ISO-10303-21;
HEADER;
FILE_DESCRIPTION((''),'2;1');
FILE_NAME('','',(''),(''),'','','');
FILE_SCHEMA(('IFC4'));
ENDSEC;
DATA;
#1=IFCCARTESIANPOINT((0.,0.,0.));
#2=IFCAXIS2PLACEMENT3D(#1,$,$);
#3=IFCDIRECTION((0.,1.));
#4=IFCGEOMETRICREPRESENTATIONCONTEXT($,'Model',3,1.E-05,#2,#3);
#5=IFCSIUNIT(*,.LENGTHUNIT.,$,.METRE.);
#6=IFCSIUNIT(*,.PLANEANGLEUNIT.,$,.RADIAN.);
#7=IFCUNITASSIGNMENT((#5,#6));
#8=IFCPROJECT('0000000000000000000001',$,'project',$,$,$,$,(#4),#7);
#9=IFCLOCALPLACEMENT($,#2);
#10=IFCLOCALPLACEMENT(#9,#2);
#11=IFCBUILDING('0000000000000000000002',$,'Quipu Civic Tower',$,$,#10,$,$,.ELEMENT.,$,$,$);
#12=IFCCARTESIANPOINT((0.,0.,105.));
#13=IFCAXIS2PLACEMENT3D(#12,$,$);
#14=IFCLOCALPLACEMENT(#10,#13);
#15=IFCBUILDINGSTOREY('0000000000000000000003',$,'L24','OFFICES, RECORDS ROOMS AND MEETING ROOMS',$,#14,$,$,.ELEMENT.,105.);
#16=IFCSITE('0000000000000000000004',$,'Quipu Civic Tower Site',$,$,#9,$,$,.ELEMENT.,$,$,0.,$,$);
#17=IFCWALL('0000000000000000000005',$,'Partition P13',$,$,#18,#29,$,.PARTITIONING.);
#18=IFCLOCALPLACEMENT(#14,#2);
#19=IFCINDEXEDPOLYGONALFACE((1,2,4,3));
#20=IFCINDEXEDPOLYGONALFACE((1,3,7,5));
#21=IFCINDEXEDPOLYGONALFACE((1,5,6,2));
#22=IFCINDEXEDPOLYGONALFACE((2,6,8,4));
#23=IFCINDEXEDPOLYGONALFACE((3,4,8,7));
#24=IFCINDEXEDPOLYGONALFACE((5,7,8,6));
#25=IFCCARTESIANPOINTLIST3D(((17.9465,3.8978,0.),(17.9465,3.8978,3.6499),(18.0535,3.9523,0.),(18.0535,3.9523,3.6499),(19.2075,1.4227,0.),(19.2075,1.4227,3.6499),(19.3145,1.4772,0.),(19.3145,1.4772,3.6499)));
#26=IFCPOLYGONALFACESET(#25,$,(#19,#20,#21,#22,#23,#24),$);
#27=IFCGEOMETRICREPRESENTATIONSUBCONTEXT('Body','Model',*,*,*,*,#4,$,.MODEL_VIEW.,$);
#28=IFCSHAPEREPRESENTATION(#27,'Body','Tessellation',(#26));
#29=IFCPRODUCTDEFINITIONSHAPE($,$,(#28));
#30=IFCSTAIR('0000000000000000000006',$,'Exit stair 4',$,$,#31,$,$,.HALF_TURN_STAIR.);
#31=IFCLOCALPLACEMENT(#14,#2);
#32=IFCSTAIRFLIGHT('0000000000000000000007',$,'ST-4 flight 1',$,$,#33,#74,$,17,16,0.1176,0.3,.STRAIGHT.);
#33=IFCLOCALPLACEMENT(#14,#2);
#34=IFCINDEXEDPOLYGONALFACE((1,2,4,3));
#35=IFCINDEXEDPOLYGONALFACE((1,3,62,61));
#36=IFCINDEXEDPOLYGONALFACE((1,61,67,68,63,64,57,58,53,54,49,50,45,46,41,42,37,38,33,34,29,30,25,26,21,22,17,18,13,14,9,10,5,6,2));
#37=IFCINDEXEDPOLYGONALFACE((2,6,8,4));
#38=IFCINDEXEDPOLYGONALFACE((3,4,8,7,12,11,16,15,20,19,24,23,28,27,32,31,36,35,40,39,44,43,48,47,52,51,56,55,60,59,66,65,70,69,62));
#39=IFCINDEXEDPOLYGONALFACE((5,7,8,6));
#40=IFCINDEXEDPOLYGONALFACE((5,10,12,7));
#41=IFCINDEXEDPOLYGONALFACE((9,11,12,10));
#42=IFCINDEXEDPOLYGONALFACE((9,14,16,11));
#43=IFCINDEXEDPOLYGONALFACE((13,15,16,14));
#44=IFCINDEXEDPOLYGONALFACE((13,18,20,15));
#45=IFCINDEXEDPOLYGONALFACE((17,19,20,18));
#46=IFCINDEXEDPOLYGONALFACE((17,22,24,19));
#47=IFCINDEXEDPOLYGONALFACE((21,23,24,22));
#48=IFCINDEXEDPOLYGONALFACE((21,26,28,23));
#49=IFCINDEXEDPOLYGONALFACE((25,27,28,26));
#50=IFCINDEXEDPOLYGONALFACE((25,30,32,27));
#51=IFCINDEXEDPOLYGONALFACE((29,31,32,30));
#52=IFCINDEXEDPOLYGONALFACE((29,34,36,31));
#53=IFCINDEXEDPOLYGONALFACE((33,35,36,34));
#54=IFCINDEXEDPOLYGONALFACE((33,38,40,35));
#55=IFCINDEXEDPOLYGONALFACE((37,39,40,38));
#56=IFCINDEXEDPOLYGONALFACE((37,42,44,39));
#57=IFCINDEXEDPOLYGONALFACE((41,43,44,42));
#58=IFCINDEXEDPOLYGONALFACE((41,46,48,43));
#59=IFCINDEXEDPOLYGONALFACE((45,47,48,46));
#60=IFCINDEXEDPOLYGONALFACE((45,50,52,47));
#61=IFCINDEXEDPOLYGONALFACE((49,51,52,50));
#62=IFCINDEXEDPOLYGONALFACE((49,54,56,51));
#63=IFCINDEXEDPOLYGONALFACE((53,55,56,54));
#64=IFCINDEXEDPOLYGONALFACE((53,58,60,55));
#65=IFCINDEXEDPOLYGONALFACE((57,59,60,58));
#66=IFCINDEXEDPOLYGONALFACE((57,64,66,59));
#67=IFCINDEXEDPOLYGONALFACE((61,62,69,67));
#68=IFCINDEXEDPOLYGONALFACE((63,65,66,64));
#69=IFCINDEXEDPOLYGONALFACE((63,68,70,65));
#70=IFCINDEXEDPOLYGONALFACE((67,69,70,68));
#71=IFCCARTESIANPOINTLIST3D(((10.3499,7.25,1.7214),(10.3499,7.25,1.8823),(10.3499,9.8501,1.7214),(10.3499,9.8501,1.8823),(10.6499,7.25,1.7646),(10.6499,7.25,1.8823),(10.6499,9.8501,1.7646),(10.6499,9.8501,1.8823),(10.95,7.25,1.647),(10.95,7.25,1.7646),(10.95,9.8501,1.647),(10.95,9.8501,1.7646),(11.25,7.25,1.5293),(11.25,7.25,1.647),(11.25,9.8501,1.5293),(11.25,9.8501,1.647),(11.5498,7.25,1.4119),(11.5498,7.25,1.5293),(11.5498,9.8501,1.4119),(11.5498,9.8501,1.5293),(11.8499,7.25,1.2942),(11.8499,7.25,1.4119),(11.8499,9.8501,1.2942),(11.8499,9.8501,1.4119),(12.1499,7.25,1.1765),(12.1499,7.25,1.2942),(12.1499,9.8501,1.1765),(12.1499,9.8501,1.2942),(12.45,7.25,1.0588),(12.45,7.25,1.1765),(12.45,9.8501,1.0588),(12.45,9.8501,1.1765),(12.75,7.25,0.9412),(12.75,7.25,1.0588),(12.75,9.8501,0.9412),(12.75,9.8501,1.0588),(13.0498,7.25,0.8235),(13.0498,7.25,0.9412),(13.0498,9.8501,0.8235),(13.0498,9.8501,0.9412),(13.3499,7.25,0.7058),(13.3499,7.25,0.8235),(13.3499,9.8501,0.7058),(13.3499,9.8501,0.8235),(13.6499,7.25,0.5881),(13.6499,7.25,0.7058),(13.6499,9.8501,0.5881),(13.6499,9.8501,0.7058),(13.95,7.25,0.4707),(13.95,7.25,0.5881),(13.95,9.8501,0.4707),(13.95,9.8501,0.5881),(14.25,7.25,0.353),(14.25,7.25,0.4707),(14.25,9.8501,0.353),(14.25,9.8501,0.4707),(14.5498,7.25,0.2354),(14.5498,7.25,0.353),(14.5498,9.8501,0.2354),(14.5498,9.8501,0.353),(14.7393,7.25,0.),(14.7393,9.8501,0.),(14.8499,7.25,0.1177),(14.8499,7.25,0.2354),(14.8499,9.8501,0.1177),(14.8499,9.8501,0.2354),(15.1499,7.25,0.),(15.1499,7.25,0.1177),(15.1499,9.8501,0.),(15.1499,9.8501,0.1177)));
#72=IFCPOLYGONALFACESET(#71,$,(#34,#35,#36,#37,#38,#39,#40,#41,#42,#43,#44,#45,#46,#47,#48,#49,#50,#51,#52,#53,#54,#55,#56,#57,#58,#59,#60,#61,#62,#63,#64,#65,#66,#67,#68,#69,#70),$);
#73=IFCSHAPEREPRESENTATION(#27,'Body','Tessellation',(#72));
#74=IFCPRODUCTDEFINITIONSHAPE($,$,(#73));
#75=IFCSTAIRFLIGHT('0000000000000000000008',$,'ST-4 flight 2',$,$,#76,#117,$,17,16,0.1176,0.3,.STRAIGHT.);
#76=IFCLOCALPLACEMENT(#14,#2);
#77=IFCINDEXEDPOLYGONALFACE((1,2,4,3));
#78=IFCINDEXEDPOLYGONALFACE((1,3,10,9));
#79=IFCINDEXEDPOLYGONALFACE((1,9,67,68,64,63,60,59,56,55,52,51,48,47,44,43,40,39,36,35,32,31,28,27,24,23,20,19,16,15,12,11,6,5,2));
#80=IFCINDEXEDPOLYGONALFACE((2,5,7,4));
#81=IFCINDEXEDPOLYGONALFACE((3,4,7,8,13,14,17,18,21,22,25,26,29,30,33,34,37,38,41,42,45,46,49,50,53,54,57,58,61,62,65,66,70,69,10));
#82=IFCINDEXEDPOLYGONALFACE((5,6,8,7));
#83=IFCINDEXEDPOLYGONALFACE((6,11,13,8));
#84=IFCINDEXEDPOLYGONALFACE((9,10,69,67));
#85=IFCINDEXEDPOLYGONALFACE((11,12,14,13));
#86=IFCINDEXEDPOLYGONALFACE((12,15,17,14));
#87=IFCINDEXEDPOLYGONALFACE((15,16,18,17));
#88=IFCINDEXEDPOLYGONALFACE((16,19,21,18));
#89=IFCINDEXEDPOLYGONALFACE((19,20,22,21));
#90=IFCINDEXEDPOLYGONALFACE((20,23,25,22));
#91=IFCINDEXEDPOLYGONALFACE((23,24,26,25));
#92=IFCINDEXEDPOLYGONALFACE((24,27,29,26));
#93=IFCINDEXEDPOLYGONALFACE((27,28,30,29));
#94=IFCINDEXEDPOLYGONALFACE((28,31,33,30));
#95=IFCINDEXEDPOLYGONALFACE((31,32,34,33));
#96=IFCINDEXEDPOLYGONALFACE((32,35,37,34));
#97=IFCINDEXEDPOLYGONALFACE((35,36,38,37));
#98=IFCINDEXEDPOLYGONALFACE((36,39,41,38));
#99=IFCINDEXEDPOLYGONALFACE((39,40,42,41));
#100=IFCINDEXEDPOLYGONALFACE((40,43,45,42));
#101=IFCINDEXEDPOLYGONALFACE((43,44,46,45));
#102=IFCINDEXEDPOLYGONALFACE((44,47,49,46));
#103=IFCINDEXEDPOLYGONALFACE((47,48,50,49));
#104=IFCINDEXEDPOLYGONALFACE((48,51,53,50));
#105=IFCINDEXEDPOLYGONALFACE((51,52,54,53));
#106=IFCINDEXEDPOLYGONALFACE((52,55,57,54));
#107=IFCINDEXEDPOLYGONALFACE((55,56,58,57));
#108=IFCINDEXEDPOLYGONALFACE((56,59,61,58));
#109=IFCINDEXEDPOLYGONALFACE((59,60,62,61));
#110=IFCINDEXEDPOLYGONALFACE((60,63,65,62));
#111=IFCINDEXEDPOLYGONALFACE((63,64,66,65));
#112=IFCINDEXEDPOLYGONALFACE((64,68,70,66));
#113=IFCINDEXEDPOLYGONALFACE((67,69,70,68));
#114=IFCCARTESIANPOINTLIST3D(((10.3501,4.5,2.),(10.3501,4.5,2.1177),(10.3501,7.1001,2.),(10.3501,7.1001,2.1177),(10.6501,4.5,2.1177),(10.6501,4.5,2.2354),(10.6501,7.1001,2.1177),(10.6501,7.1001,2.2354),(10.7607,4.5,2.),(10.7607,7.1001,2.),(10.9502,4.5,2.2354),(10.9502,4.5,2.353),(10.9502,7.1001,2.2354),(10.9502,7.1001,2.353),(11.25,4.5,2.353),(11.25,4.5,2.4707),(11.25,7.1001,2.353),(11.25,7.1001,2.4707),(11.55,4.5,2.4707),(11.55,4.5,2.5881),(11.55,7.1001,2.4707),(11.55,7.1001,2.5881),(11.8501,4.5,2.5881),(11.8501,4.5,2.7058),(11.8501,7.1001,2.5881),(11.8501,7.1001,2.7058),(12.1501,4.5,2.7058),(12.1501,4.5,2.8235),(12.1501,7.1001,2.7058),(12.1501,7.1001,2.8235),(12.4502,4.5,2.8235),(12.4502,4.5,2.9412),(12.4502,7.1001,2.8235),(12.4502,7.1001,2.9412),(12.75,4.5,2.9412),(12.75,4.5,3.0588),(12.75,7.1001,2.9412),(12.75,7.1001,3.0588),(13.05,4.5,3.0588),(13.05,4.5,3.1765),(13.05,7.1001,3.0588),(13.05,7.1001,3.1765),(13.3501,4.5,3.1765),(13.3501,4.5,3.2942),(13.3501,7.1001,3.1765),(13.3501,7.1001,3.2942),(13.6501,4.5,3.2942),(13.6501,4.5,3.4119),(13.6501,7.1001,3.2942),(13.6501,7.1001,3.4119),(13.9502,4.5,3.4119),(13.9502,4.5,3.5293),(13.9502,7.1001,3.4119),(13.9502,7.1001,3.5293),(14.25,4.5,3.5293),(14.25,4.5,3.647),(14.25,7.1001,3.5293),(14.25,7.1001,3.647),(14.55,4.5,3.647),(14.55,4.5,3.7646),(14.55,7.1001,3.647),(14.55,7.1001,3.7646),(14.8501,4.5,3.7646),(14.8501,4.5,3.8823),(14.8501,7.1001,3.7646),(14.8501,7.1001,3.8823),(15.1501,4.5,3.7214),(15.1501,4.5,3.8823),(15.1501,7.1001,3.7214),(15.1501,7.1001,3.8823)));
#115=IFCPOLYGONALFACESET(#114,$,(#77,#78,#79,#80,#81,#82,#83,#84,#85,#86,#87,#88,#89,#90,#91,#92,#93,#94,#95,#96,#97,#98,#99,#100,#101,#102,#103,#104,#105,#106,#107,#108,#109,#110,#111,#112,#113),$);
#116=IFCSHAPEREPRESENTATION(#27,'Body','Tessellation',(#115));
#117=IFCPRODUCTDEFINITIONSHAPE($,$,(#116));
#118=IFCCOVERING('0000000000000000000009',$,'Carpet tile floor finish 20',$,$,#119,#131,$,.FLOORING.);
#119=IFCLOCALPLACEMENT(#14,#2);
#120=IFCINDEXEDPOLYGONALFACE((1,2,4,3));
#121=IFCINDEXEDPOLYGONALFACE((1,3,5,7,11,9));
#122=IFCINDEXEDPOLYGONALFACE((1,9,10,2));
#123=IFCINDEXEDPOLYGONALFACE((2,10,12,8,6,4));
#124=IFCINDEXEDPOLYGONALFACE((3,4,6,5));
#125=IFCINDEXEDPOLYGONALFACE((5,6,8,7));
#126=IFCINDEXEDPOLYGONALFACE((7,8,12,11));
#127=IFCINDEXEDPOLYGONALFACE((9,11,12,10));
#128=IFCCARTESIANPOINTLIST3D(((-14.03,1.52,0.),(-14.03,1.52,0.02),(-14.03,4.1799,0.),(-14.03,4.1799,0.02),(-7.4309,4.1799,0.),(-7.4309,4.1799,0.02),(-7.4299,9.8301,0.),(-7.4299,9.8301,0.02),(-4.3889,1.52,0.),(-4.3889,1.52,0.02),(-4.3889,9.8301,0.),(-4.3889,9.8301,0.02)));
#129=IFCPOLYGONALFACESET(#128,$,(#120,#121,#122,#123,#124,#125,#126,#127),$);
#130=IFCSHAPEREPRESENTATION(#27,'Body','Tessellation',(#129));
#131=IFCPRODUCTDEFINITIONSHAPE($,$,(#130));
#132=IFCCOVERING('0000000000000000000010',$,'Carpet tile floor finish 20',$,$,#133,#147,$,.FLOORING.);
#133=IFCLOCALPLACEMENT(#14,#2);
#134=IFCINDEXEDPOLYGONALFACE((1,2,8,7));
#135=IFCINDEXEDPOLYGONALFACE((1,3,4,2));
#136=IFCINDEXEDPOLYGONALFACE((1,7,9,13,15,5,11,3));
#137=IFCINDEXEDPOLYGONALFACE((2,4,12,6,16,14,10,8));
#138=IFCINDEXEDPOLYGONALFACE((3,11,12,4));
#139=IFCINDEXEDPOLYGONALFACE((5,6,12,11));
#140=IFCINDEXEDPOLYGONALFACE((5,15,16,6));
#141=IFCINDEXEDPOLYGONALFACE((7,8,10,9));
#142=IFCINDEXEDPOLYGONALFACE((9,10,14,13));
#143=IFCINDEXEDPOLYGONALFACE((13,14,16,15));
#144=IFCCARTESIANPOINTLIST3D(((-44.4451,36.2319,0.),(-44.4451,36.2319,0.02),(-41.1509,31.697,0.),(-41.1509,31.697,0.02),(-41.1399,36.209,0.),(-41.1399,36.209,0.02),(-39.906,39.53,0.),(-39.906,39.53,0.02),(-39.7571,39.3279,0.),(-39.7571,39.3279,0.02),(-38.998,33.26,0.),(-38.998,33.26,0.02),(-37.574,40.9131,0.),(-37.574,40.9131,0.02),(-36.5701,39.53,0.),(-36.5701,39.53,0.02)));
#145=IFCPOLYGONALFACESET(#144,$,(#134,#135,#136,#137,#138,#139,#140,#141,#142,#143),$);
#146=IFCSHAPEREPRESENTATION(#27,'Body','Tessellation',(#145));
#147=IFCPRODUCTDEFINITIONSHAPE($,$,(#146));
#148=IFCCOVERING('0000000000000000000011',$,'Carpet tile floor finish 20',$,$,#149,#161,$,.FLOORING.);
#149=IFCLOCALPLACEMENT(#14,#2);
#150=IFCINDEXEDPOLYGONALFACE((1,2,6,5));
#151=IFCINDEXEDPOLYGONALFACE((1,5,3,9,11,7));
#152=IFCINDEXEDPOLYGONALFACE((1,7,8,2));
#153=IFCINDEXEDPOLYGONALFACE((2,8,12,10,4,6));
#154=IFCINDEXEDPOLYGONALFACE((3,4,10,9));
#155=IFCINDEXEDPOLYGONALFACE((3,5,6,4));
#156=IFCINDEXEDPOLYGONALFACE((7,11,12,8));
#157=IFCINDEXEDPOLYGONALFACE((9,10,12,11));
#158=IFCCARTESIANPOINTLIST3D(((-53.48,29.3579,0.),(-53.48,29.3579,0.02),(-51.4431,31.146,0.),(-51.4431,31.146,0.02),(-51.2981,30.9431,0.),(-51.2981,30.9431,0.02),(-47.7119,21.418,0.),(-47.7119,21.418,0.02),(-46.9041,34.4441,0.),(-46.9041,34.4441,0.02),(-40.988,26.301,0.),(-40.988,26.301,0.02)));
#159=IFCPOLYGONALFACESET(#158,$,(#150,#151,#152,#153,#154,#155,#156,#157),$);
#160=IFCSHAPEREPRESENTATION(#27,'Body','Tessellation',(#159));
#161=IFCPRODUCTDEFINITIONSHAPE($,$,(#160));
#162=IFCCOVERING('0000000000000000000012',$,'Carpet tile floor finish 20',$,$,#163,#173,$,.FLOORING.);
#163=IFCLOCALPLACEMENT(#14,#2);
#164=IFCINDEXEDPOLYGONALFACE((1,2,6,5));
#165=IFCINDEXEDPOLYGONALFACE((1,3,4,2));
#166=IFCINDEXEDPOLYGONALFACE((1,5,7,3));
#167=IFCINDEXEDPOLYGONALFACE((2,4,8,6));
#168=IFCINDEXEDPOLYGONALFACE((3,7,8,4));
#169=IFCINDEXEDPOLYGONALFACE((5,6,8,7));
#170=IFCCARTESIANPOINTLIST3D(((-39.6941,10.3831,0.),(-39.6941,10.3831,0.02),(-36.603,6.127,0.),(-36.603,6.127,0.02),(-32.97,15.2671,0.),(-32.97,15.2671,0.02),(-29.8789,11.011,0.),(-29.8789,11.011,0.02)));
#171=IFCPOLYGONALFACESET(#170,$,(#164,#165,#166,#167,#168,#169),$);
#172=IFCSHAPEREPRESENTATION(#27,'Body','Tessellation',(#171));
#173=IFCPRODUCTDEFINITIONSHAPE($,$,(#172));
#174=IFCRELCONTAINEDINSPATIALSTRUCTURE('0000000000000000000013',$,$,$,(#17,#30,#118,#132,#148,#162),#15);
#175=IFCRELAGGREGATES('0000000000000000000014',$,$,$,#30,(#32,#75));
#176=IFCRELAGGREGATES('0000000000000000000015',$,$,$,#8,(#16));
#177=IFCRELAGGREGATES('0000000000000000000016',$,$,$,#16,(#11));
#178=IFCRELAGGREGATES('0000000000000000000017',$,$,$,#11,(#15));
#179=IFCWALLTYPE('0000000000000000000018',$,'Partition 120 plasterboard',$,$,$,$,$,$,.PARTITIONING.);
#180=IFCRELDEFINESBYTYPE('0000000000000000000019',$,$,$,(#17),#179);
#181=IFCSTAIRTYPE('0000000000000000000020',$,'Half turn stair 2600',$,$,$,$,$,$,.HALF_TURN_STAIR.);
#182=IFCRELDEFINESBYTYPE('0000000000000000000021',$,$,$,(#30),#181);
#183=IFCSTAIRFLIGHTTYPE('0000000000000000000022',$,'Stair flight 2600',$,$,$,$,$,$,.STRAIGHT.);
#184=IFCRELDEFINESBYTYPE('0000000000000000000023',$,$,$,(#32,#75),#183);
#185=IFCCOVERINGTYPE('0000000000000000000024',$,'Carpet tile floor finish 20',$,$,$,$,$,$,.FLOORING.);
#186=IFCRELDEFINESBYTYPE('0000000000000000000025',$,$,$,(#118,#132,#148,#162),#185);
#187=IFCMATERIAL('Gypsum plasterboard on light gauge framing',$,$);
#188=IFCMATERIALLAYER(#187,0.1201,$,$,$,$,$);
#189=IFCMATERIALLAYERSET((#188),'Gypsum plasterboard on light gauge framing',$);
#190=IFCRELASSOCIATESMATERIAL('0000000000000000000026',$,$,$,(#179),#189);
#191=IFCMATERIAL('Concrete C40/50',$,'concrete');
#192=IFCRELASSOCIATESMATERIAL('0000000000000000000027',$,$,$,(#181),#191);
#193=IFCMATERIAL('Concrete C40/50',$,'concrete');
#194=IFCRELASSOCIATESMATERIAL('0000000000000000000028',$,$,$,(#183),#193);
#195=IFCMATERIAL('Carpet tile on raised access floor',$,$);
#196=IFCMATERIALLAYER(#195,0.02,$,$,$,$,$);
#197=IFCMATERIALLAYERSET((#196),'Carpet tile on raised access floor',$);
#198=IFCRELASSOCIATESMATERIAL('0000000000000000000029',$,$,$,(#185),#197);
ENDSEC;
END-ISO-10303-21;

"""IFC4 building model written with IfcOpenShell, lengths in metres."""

from ifc_helpers import new_model, si_unit, direction, frame, frame_2d, origin, place, context, subcontext, project, spatial, polyline, rectangle, outline, extrude, material, layer, layer_set, type_object, element, aggregate, save


model = new_model("IFC4")

# Units and contexts
model_context = context("Model", 3, precision=1e-05, world=origin(), true_north=direction((0.0, 1.0)))
body_context = subcontext(model_context, "Body", "Model", "MODEL_VIEW")
ifc_project = project(units=[si_unit("LENGTHUNIT", "METRE"), si_unit("PLANEANGLEUNIT", "RADIAN")], contexts=[model_context])

# Site, building, storey
site_placement = place(None, origin())
site = spatial("IfcSite", under=ifc_project, at=site_placement, Name="Quipu Civic Tower Site", CompositionType="ELEMENT", RefElevation=0.0)
building_placement = place(site_placement, origin())
building = spatial("IfcBuilding", under=site, at=building_placement, Name="Quipu Civic Tower", CompositionType="ELEMENT")
storey_placement = place(building_placement, frame((0.0, 0.0, 105.0)))
storey = spatial("IfcBuildingStorey", under=building, at=storey_placement, Name="L24", Description="OFFICES, RECORDS ROOMS AND MEETING ROOMS", CompositionType="ELEMENT", Elevation=105.0)

# Wall
ifc_material_1 = material(Name="Gypsum plasterboard on light gauge framing")
ifc_layer_1 = layer(ifc_material_1, 0.1201)
ifc_layer_set_1 = layer_set([ifc_layer_1], Name="Gypsum plasterboard on light gauge framing")
wall_type_1 = type_object("IfcWallType", Name="Partition 120 plasterboard", PredefinedType="PARTITIONING", material=ifc_layer_set_1)
wall_1_placement = place(storey_placement, frame((18.0, 3.925, 0.0), z_axis=(0.0, 0.0, 1.0), x_axis=(0.453951, -0.891027, 0.0)))
element("IfcWall", 1, at=wall_1_placement, inside=storey, type_object=wall_type_1, Name="Partition P13", PredefinedType="PARTITIONING", context=body_context, shape_type="SweptSolid", body=[
    extrude(rectangle(XDim=2.7778, YDim=0.1201, at=frame_2d((1.3889, 0.0))), origin(), (0.0, 0.0, 1.0), 3.6499),
])

# Stair, stair flights
ifc_material_2 = material(Name="Concrete C40/50", Category="concrete")
stair_type = type_object("IfcStairType", Name="Half turn stair 2600", PredefinedType="HALF_TURN_STAIR", material=ifc_material_2)
stair_placement = place(storey_placement, origin())
stair = element("IfcStair", 2, at=stair_placement, inside=storey, type_object=stair_type, Name="Exit stair 4", PredefinedType="HALF_TURN_STAIR")
ifc_material_3 = material(Name="Concrete C40/50", Category="concrete")
stair_flight_type = type_object("IfcStairFlightType", Name="Stair flight 2600", PredefinedType="STRAIGHT", material=ifc_material_3)
stair_flight_1_placement = place(storey_placement, frame((15.1499, 8.55, 0.0), z_axis=(0.0, 0.0, 1.0), x_axis=(-1.0, 0.0, 0.0)))
stair_flight_1 = element("IfcStairFlight", 3, at=stair_flight_1_placement, type_object=stair_flight_type, Name="ST-4 flight 1", NumberOfRisers=17, NumberOfTreads=16, PredefinedType="STRAIGHT", RiserHeight=0.1176, TreadLength=0.3, context=body_context, shape_type="SweptSolid", body=[
    extrude(outline(polyline([(0.0, 0.0), (0.0, 0.1177), (0.3, 0.1177), (0.3, 0.2354), (0.6001, 0.2354), (0.6001, 0.353), (0.8999, 0.353), (0.8999, 0.4707), (1.2, 0.4707), (1.2, 0.5881), (1.5, 0.5881), (1.5, 0.7058), (1.8, 0.7058), (1.8, 0.8235), (2.1001, 0.8235), (2.1001, 0.9412), (2.3999, 0.9412), (2.3999, 1.0588), (2.7, 1.0588), (2.7, 1.1765), (3.0, 1.1765), (3.0, 1.2942), (3.3, 1.2942), (3.3, 1.4119), (3.6001, 1.4119), (3.6001, 1.5293), (3.8999, 1.5293), (3.8999, 1.647), (4.2, 1.647), (4.2, 1.7646), (4.5, 1.7646), (4.5, 1.8823), (4.8, 1.8823), (4.8, 2.0), (4.8, 1.7214), (0.4106, 0.0), (0.0, 0.0)])), frame((0.0, 1.3, 0.0), z_axis=(0.0, -1.0, 0.0), x_axis=(1.0, 0.0, 0.0)), (0.0, 0.0, 1.0), 2.6001),
])
stair_flight_2_placement = place(storey_placement, frame((10.3501, 5.8, 2.0), z_axis=(0.0, 0.0, 1.0), x_axis=(1.0, 0.0, 0.0)))
stair_flight_2 = element("IfcStairFlight", 4, at=stair_flight_2_placement, type_object=stair_flight_type, Name="ST-4 flight 2", NumberOfRisers=17, NumberOfTreads=16, PredefinedType="STRAIGHT", RiserHeight=0.1176, TreadLength=0.3, context=body_context, shape_type="SweptSolid", body=[
    extrude(outline(polyline([(0.0, 0.0), (0.0, 0.1177), (0.3, 0.1177), (0.3, 0.2354), (0.6001, 0.2354), (0.6001, 0.353), (0.8999, 0.353), (0.8999, 0.4707), (1.2, 0.4707), (1.2, 0.5881), (1.5, 0.5881), (1.5, 0.7058), (1.8, 0.7058), (1.8, 0.8235), (2.1001, 0.8235), (2.1001, 0.9412), (2.3999, 0.9412), (2.3999, 1.0588), (2.7, 1.0588), (2.7, 1.1765), (3.0, 1.1765), (3.0, 1.2942), (3.3, 1.2942), (3.3, 1.4119), (3.6001, 1.4119), (3.6001, 1.5293), (3.8999, 1.5293), (3.8999, 1.647), (4.2, 1.647), (4.2, 1.7646), (4.5, 1.7646), (4.5, 1.8823), (4.8, 1.8823), (4.8, 2.0), (4.8, 1.7214), (0.4106, 0.0), (0.0, 0.0)])), frame((0.0, 1.3, 0.0), z_axis=(0.0, -1.0, 0.0), x_axis=(1.0, 0.0, 0.0)), (0.0, 0.0, 1.0), 2.6001),
])
aggregate(stair, [stair_flight_1, stair_flight_2])

# Coverings
ifc_material_4 = material(Name="Carpet tile on raised access floor")
ifc_layer_2 = layer(ifc_material_4, 0.02)
ifc_layer_set_2 = layer_set([ifc_layer_2], Name="Carpet tile on raised access floor")
covering_type_1 = type_object("IfcCoveringType", Name="Carpet tile floor finish 20", PredefinedType="FLOORING", material=ifc_layer_set_2)
covering_1_placement = place(storey_placement, origin())
element("IfcCovering", 5, at=covering_1_placement, inside=storey, type_object=covering_type_1, Name="Carpet tile floor finish 20", PredefinedType="FLOORING", context=body_context, shape_type="SweptSolid", body=[
    extrude(outline(polyline([(-14.03, 4.1799), (-7.4309, 4.1799), (-7.4299, 9.8301), (-4.3889, 9.8301), (-4.3889, 1.52), (-14.03, 1.52), (-14.03, 4.1799)])), origin(), (0.0, 0.0, 1.0), 0.02),
])
covering_2_placement = place(storey_placement, origin())
element("IfcCovering", 6, at=covering_2_placement, inside=storey, type_object=covering_type_1, Name="Carpet tile floor finish 20", PredefinedType="FLOORING", context=body_context, shape_type="SweptSolid", body=[
    extrude(outline(polyline([(-44.4451, 36.2319), (-39.906, 39.53), (-39.7571, 39.3279), (-37.574, 40.9131), (-36.5701, 39.53), (-41.1399, 36.209), (-38.998, 33.26), (-41.1509, 31.697), (-44.4451, 36.2319)])), origin(), (0.0, 0.0, 1.0), 0.02),
])
covering_3_placement = place(storey_placement, origin())
element("IfcCovering", 7, at=covering_3_placement, inside=storey, type_object=covering_type_1, Name="Carpet tile floor finish 20", PredefinedType="FLOORING", context=body_context, shape_type="SweptSolid", body=[
    extrude(outline(polyline([(-53.48, 29.3579), (-51.2981, 30.9431), (-51.4431, 31.146), (-46.9041, 34.4441), (-40.988, 26.301), (-47.7119, 21.418), (-53.48, 29.3579)])), origin(), (0.0, 0.0, 1.0), 0.02),
])
covering_4_placement = place(storey_placement, origin())
element("IfcCovering", 8, at=covering_4_placement, inside=storey, type_object=covering_type_1, Name="Carpet tile floor finish 20", PredefinedType="FLOORING", context=body_context, shape_type="SweptSolid", body=[
    extrude(outline(polyline([(-39.6941, 10.3831), (-32.97, 15.2671), (-29.8789, 11.011), (-36.603, 6.127), (-39.6941, 10.3831)])), origin(), (0.0, 0.0, 1.0), 0.02),
])

save(model, "model.ifc")
